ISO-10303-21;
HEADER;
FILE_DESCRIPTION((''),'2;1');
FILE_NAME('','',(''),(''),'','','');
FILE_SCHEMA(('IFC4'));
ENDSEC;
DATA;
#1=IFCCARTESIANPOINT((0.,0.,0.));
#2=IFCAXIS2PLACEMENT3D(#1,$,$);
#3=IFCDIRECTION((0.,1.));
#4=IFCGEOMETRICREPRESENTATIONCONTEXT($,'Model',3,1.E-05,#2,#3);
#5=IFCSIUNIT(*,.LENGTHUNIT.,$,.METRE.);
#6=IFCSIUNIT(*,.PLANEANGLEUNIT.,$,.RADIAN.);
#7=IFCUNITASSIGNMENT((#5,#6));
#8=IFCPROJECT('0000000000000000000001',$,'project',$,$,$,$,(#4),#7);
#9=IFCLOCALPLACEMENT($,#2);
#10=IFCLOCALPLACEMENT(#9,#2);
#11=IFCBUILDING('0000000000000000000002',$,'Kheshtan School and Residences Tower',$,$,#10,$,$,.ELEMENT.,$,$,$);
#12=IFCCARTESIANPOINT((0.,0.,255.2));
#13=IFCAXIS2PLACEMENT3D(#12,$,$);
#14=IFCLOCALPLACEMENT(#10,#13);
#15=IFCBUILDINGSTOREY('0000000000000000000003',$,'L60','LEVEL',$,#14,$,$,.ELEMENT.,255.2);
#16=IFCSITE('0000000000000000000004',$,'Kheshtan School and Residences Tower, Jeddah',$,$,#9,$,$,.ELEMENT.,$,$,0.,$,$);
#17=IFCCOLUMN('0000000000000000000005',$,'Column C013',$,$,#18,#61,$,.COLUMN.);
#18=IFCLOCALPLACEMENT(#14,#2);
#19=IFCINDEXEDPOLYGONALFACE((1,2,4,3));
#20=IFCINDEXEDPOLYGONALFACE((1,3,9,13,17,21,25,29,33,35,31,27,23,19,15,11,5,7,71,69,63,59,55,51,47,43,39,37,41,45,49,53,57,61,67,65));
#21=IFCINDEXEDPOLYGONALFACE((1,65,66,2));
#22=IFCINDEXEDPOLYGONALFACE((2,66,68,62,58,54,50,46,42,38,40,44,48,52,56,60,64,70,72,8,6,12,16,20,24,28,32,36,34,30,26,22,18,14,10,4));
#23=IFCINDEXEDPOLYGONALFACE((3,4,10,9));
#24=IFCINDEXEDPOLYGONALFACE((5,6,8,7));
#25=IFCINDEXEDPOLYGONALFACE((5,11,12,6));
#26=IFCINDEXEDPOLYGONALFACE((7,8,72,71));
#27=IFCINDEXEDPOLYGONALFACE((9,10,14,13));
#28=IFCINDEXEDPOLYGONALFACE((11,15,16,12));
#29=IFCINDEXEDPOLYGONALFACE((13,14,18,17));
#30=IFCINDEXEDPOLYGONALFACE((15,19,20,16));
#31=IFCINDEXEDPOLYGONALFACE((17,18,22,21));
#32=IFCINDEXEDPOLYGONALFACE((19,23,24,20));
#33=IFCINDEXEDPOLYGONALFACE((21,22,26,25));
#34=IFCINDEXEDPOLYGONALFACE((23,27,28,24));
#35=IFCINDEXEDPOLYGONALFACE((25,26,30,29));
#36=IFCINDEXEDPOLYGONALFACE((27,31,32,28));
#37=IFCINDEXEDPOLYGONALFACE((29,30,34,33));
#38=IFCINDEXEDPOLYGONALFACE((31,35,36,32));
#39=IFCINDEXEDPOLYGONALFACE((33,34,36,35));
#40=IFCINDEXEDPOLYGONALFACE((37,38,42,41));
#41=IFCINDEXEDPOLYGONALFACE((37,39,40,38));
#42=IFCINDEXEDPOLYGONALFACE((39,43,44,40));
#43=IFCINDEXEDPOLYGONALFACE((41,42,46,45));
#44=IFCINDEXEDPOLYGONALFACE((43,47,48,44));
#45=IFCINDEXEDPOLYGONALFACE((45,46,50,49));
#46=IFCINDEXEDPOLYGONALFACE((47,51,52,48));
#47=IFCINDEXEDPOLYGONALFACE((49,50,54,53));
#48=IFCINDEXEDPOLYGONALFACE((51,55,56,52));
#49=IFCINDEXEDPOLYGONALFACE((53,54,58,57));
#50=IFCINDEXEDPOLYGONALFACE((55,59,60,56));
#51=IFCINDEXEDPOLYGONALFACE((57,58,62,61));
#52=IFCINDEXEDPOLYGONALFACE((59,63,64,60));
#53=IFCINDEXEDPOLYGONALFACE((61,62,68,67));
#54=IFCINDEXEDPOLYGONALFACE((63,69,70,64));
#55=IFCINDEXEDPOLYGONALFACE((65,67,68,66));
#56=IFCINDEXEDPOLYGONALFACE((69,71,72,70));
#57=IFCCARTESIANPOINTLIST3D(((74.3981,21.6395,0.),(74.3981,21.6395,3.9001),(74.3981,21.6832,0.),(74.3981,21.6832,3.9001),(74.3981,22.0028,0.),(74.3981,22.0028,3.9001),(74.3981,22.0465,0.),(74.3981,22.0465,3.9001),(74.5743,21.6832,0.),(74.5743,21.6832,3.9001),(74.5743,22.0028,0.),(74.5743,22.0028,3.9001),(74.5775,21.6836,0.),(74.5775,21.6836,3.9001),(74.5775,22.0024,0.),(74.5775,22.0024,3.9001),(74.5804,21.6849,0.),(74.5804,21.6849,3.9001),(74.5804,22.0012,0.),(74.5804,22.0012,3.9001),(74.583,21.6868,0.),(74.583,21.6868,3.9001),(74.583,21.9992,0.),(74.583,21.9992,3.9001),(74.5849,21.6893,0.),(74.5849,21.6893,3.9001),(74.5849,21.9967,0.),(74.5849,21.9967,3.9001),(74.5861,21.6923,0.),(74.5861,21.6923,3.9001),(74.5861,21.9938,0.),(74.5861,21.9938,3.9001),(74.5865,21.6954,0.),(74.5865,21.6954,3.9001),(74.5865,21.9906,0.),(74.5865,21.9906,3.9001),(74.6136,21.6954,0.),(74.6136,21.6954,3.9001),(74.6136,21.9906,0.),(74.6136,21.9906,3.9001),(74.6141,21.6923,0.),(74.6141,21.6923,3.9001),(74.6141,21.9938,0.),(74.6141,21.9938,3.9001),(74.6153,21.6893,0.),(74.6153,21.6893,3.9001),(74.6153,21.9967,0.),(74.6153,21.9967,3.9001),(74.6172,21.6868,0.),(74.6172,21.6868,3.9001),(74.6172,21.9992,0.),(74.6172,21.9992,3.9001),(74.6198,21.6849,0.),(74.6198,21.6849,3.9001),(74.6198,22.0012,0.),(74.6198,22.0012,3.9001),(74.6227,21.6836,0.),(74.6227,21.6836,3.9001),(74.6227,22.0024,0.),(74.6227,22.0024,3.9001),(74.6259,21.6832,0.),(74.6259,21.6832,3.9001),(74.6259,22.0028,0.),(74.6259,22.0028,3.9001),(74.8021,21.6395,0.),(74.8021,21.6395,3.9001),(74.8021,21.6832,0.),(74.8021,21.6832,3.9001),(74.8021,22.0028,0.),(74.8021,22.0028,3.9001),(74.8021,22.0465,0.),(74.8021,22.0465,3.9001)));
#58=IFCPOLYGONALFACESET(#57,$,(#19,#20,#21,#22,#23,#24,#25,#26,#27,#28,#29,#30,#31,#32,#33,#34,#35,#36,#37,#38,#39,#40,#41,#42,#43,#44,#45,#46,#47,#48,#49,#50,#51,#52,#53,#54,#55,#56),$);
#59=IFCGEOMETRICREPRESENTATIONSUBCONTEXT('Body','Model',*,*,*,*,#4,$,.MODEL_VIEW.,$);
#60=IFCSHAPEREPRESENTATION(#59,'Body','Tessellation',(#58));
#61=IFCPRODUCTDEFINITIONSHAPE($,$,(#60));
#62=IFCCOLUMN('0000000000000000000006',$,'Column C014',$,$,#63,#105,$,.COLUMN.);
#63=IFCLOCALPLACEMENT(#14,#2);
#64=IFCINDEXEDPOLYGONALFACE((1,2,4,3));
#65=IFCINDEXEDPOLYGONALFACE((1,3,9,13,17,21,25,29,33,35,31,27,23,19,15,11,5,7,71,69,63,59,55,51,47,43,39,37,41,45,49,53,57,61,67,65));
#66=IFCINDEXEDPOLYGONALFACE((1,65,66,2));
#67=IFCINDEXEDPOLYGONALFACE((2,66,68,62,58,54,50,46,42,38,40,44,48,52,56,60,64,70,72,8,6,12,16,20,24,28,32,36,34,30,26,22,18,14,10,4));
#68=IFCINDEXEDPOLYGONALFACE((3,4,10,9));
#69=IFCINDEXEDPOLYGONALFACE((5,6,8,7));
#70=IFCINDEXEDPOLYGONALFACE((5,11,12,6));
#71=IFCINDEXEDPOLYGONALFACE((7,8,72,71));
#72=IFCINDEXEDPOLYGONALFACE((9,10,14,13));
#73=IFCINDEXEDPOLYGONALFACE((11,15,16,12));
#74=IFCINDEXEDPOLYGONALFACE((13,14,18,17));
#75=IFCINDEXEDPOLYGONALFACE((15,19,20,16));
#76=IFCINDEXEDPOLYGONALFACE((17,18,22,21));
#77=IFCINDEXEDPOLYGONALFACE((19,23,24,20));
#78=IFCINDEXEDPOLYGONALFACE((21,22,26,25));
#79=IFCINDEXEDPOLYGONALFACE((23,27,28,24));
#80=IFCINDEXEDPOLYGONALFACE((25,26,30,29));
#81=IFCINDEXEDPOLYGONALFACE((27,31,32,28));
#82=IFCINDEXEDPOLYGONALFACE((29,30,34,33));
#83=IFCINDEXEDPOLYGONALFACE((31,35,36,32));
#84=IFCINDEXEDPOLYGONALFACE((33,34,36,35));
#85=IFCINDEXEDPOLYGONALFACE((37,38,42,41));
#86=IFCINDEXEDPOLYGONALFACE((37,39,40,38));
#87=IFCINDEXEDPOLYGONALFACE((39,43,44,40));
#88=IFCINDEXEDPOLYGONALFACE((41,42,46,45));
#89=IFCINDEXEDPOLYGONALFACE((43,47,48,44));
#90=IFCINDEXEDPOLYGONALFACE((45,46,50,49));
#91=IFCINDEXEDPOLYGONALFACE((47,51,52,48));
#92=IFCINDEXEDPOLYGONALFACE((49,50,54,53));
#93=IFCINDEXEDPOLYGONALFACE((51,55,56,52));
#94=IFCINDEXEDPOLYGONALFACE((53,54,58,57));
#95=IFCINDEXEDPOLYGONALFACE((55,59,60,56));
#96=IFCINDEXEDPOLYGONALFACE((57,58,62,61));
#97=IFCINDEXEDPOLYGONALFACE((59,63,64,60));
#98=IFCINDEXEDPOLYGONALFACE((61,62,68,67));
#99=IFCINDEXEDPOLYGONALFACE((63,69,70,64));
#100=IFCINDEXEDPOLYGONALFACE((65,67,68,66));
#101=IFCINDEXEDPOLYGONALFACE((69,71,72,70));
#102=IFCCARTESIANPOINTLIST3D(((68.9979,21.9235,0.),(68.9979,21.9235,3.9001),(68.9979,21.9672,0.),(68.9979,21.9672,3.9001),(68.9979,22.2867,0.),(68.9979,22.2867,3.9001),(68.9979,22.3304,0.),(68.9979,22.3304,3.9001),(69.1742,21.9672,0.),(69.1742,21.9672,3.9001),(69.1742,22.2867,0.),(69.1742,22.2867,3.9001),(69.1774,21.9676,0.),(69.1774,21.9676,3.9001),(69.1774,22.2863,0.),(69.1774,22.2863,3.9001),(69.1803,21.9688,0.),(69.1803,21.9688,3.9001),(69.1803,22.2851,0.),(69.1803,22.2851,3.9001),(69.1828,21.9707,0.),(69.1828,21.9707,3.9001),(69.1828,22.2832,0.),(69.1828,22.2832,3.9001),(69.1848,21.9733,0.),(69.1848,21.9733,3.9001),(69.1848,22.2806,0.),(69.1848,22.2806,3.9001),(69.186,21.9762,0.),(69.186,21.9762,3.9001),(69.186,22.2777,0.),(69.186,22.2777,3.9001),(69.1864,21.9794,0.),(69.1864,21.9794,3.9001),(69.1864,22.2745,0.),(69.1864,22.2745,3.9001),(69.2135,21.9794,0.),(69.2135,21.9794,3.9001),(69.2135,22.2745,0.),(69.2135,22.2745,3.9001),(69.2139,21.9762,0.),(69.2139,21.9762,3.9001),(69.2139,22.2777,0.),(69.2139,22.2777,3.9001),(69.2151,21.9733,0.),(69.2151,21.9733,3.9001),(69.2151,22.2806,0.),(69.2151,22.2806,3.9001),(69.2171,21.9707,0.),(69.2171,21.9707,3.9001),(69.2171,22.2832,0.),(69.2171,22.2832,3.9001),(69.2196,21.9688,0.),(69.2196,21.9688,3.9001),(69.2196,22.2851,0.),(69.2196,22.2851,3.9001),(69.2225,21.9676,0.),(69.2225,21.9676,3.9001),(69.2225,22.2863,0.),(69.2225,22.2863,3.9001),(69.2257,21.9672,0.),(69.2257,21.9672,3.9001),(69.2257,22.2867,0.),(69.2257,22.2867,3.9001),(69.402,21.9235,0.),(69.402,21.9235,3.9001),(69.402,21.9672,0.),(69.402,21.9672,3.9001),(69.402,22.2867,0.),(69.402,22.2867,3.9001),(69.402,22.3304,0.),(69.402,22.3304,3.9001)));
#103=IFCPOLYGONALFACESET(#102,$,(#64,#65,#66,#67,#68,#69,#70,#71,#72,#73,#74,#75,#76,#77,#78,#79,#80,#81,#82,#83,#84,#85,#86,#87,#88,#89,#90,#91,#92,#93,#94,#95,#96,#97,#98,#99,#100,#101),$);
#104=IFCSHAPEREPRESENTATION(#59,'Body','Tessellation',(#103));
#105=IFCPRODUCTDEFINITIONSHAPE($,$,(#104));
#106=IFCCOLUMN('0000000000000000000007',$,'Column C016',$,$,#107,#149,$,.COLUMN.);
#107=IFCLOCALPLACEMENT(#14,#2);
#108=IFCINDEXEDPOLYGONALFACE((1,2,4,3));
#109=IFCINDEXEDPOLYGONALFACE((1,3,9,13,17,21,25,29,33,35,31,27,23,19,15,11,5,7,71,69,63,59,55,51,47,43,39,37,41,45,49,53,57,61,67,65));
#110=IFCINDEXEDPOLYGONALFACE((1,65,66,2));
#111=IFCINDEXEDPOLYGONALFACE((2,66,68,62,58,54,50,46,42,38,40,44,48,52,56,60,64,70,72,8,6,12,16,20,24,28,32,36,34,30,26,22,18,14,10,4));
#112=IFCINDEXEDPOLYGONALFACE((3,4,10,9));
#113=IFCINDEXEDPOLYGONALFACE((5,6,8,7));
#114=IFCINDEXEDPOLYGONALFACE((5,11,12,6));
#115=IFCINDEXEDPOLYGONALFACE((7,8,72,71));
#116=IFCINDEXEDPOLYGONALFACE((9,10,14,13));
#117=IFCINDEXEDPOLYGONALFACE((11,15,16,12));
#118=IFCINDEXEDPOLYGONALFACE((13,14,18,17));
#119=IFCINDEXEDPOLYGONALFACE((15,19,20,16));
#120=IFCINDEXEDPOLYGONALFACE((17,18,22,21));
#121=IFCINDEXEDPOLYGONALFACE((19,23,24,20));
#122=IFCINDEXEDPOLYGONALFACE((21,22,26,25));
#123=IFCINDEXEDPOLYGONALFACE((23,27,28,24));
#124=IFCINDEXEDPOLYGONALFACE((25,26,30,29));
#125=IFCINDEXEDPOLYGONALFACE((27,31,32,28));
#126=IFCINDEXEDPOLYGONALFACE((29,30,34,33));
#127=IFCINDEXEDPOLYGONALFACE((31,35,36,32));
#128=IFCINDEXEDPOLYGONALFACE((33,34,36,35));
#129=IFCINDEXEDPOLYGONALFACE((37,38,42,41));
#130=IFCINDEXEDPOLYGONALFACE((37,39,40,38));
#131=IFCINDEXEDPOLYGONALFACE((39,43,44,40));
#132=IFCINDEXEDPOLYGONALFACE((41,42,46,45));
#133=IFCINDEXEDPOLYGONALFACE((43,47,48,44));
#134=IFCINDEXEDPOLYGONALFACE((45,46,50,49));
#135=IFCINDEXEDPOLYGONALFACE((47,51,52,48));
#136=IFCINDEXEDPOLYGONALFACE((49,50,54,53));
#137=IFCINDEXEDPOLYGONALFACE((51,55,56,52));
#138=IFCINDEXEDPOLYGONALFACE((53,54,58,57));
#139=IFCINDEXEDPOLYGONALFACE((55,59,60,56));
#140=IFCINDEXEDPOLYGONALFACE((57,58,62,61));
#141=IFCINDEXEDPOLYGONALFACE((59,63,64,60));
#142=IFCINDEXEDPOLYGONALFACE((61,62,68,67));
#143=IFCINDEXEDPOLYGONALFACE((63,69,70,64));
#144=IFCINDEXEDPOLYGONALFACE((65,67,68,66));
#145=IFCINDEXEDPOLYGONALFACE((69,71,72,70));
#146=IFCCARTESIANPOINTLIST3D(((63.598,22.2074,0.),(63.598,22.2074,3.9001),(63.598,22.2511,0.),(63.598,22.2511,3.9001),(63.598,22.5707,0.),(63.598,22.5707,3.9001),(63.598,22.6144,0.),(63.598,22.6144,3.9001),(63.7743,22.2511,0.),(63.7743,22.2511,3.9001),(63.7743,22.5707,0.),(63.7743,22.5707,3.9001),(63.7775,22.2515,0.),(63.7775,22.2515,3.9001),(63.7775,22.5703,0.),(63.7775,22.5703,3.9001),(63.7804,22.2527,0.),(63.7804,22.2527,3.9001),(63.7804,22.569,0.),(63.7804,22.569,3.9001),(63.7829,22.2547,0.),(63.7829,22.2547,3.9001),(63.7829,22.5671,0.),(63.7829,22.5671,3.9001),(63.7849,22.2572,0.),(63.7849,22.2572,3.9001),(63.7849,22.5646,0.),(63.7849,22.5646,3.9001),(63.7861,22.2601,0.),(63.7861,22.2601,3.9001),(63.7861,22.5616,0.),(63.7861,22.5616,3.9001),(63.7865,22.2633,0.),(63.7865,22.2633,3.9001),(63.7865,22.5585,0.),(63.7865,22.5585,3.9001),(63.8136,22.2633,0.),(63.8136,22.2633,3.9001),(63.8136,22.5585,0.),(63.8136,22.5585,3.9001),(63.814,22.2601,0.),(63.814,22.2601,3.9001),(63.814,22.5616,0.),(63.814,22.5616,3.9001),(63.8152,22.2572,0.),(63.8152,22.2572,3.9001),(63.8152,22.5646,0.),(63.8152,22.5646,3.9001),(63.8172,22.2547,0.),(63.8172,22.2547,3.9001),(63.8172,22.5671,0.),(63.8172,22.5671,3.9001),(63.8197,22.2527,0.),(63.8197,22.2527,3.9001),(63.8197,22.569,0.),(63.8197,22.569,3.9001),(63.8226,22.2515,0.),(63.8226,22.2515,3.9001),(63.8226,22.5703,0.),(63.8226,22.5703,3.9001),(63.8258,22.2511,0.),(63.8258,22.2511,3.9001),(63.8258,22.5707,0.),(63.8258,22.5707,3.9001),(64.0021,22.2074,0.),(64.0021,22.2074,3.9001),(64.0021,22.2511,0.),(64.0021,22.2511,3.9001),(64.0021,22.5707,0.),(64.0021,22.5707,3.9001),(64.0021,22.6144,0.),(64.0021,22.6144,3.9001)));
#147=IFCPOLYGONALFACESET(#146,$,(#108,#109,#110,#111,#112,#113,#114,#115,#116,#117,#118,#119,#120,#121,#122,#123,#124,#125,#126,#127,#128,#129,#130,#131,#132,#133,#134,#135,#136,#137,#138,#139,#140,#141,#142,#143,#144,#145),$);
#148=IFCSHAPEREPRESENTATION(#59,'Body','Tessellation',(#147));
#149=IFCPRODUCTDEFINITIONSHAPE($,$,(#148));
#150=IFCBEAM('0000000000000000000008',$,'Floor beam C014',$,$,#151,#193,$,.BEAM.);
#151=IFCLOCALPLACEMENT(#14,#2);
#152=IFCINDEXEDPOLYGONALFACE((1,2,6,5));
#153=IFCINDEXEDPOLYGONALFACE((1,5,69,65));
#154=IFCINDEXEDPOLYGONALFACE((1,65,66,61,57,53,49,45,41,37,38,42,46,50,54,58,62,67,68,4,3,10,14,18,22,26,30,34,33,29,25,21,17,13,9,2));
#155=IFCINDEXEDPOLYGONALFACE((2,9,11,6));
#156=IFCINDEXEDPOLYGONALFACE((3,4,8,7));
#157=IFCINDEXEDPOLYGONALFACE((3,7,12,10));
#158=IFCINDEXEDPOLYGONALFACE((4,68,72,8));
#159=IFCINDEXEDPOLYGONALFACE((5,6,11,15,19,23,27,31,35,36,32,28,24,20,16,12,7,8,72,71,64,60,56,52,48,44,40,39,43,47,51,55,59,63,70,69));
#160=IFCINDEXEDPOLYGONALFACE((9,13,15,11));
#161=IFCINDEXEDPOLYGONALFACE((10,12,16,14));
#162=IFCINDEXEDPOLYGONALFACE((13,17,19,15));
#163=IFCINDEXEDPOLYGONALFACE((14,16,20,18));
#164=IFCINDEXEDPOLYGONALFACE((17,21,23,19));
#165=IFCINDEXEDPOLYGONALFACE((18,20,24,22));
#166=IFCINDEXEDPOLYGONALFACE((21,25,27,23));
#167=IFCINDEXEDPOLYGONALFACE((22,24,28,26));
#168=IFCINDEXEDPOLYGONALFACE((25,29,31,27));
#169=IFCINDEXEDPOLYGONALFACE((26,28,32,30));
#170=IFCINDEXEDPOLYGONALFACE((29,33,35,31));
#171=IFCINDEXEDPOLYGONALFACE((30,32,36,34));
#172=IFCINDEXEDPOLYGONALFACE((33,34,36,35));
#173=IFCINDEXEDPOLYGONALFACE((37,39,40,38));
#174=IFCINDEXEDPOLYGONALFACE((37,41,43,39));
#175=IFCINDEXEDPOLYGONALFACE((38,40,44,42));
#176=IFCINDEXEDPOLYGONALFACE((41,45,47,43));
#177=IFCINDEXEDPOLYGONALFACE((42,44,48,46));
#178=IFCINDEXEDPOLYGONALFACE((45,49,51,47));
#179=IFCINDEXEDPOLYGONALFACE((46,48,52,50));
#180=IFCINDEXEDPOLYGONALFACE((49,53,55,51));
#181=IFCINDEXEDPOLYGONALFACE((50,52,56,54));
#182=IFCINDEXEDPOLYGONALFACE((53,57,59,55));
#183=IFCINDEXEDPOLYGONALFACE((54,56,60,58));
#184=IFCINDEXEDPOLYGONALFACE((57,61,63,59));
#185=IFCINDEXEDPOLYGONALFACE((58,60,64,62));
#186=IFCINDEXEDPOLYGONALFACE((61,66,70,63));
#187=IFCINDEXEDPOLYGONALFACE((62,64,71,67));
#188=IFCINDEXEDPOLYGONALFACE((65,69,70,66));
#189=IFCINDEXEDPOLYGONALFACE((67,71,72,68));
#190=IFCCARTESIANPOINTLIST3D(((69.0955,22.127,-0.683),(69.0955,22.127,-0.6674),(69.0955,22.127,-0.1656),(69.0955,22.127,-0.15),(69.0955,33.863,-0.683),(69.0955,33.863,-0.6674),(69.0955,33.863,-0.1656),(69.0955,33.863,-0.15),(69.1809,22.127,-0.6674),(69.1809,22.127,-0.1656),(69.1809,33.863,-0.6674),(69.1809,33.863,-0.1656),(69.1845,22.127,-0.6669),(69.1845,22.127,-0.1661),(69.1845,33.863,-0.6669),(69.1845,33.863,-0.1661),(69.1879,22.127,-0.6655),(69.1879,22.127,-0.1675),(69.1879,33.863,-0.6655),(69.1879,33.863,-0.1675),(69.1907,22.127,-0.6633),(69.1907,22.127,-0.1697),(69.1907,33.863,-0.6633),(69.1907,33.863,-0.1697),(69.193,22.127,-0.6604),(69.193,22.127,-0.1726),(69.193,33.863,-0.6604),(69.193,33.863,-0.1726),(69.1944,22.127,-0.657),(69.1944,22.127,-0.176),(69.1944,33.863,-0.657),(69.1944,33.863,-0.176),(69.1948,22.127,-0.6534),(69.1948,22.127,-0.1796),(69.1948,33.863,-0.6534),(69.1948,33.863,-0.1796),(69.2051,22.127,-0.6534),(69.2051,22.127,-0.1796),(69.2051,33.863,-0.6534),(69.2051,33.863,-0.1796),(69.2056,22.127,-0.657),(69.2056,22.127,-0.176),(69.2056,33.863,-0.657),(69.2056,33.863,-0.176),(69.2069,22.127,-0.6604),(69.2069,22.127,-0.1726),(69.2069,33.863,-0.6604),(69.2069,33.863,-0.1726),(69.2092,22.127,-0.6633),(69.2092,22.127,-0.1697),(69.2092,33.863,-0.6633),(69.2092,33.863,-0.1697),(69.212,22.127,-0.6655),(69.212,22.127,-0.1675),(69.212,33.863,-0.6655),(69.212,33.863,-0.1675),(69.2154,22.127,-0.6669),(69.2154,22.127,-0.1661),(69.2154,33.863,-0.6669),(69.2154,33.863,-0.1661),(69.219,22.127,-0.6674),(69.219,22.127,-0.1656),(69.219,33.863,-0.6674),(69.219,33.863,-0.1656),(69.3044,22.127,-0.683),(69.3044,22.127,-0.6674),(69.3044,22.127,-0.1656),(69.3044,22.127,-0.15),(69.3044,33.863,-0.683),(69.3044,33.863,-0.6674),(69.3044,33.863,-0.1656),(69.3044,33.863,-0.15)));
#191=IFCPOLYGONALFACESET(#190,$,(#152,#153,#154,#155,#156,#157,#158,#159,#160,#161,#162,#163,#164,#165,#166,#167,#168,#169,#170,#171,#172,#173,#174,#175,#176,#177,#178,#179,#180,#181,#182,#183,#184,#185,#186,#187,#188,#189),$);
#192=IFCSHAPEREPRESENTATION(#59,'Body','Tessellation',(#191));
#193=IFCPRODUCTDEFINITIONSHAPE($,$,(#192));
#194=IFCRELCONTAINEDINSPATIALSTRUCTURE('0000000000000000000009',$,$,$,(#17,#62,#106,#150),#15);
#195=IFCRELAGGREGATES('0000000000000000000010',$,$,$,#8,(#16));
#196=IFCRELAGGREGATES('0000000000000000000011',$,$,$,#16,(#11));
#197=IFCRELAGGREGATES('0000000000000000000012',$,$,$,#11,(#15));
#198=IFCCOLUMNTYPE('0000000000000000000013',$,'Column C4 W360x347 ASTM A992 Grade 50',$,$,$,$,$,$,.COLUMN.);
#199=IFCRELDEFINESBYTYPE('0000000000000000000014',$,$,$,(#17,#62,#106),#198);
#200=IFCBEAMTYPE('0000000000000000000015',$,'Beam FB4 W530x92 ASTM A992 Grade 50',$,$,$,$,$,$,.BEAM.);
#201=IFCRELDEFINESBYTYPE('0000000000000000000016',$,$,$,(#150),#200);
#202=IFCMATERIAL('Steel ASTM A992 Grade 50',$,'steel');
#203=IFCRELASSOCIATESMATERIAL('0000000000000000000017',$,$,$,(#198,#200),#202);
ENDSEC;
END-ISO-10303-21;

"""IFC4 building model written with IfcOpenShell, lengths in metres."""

from ifc_helpers import new_model, si_unit, direction, frame, origin, origin_2d, place, context, subcontext, project, spatial, i_section, extrude, material, material_profile, profile_set, type_object, element, save


model = new_model("IFC4")

# Units and contexts
model_context = context("Model", 3, precision=1e-05, world=origin(), true_north=direction((0.0, 1.0)))
body_context = subcontext(model_context, "Body", "Model", "MODEL_VIEW")
ifc_project = project(units=[si_unit("LENGTHUNIT", "METRE"), si_unit("PLANEANGLEUNIT", "RADIAN")], contexts=[model_context])

# Site, building, storey
site_placement = place(None, origin())
site = spatial("IfcSite", under=ifc_project, at=site_placement, Name="Kheshtan School and Residences Tower, Jeddah", CompositionType="ELEMENT", RefElevation=0.0)
building_placement = place(site_placement, origin())
building = spatial("IfcBuilding", under=site, at=building_placement, Name="Kheshtan School and Residences Tower", CompositionType="ELEMENT")
storey_placement = place(building_placement, frame((0.0, 0.0, 255.2)))
storey = spatial("IfcBuildingStorey", under=building, at=storey_placement, Name="L60", Description="LEVEL", CompositionType="ELEMENT", Elevation=255.2)

# Columns
ifc_material_1 = material(Name="Steel ASTM A992 Grade 50", Category="steel")
ifc_material_profile_1 = material_profile(ifc_material_1, i_section(OverallWidth=0.4041, OverallDepth=0.407, WebThickness=0.0271, FlangeThickness=0.0437, FilletRadius=0.0122, at=origin_2d()), Name="W360x347")
ifc_profile_set_1 = profile_set([ifc_material_profile_1], Name="Steel ASTM A992 Grade 50")
column_type = type_object("IfcColumnType", Name="Column C4 W360x347 ASTM A992 Grade 50", PredefinedType="COLUMN", material=ifc_profile_set_1)
for number, where, z_axis, x_axis, name in (
    (1, (74.6001, 21.843, 0.0), (0.0, 0.0, 1.0), (1.0, 0.0, 0.0), "Column C013"),
    (2, (69.2, 22.127, 0.0), (0.0, 0.0, 1.0), (1.0, 0.0, 0.0), "Column C014"),
    (3, (63.8, 22.4109, 0.0), (0.0, 0.0, 1.0), (1.0, 0.0, 0.0), "Column C016"),
):
    element("IfcColumn", number, at=place(storey_placement, frame(where, z_axis=z_axis, x_axis=x_axis)), inside=storey, type_object=column_type, Name=name, PredefinedType="COLUMN", context=body_context, shape_type="SweptSolid", body=[
        extrude(i_section(OverallWidth=0.4041, OverallDepth=0.407, WebThickness=0.0271, FlangeThickness=0.0437, FilletRadius=0.0122, at=origin_2d()), origin(), (0.0, 0.0, 1.0), 3.9001),
    ])

# Beam
ifc_material_profile_2 = material_profile(ifc_material_1, i_section(OverallWidth=0.209, OverallDepth=0.533, WebThickness=0.0103, FlangeThickness=0.0156, FilletRadius=0.0139, at=origin_2d()), Name="W530x92")
ifc_profile_set_2 = profile_set([ifc_material_profile_2], Name="Steel ASTM A992 Grade 50")
beam_type_1 = type_object("IfcBeamType", Name="Beam FB4 W530x92 ASTM A992 Grade 50", PredefinedType="BEAM", material=ifc_profile_set_2)
beam_1_placement = place(storey_placement, frame((69.2, 22.127, -0.4165), z_axis=(0.0, 1.0, 0.0), x_axis=(-1.0, 0.0, 0.0)))
element("IfcBeam", 4, at=beam_1_placement, inside=storey, type_object=beam_type_1, Name="Floor beam C014", PredefinedType="BEAM", context=body_context, shape_type="SweptSolid", body=[
    extrude(i_section(OverallWidth=0.209, OverallDepth=0.533, WebThickness=0.0103, FlangeThickness=0.0156, FilletRadius=0.0139, at=origin_2d()), origin(), (0.0, 0.0, 1.0), 11.7361),
])

save(model, "model.ifc")
